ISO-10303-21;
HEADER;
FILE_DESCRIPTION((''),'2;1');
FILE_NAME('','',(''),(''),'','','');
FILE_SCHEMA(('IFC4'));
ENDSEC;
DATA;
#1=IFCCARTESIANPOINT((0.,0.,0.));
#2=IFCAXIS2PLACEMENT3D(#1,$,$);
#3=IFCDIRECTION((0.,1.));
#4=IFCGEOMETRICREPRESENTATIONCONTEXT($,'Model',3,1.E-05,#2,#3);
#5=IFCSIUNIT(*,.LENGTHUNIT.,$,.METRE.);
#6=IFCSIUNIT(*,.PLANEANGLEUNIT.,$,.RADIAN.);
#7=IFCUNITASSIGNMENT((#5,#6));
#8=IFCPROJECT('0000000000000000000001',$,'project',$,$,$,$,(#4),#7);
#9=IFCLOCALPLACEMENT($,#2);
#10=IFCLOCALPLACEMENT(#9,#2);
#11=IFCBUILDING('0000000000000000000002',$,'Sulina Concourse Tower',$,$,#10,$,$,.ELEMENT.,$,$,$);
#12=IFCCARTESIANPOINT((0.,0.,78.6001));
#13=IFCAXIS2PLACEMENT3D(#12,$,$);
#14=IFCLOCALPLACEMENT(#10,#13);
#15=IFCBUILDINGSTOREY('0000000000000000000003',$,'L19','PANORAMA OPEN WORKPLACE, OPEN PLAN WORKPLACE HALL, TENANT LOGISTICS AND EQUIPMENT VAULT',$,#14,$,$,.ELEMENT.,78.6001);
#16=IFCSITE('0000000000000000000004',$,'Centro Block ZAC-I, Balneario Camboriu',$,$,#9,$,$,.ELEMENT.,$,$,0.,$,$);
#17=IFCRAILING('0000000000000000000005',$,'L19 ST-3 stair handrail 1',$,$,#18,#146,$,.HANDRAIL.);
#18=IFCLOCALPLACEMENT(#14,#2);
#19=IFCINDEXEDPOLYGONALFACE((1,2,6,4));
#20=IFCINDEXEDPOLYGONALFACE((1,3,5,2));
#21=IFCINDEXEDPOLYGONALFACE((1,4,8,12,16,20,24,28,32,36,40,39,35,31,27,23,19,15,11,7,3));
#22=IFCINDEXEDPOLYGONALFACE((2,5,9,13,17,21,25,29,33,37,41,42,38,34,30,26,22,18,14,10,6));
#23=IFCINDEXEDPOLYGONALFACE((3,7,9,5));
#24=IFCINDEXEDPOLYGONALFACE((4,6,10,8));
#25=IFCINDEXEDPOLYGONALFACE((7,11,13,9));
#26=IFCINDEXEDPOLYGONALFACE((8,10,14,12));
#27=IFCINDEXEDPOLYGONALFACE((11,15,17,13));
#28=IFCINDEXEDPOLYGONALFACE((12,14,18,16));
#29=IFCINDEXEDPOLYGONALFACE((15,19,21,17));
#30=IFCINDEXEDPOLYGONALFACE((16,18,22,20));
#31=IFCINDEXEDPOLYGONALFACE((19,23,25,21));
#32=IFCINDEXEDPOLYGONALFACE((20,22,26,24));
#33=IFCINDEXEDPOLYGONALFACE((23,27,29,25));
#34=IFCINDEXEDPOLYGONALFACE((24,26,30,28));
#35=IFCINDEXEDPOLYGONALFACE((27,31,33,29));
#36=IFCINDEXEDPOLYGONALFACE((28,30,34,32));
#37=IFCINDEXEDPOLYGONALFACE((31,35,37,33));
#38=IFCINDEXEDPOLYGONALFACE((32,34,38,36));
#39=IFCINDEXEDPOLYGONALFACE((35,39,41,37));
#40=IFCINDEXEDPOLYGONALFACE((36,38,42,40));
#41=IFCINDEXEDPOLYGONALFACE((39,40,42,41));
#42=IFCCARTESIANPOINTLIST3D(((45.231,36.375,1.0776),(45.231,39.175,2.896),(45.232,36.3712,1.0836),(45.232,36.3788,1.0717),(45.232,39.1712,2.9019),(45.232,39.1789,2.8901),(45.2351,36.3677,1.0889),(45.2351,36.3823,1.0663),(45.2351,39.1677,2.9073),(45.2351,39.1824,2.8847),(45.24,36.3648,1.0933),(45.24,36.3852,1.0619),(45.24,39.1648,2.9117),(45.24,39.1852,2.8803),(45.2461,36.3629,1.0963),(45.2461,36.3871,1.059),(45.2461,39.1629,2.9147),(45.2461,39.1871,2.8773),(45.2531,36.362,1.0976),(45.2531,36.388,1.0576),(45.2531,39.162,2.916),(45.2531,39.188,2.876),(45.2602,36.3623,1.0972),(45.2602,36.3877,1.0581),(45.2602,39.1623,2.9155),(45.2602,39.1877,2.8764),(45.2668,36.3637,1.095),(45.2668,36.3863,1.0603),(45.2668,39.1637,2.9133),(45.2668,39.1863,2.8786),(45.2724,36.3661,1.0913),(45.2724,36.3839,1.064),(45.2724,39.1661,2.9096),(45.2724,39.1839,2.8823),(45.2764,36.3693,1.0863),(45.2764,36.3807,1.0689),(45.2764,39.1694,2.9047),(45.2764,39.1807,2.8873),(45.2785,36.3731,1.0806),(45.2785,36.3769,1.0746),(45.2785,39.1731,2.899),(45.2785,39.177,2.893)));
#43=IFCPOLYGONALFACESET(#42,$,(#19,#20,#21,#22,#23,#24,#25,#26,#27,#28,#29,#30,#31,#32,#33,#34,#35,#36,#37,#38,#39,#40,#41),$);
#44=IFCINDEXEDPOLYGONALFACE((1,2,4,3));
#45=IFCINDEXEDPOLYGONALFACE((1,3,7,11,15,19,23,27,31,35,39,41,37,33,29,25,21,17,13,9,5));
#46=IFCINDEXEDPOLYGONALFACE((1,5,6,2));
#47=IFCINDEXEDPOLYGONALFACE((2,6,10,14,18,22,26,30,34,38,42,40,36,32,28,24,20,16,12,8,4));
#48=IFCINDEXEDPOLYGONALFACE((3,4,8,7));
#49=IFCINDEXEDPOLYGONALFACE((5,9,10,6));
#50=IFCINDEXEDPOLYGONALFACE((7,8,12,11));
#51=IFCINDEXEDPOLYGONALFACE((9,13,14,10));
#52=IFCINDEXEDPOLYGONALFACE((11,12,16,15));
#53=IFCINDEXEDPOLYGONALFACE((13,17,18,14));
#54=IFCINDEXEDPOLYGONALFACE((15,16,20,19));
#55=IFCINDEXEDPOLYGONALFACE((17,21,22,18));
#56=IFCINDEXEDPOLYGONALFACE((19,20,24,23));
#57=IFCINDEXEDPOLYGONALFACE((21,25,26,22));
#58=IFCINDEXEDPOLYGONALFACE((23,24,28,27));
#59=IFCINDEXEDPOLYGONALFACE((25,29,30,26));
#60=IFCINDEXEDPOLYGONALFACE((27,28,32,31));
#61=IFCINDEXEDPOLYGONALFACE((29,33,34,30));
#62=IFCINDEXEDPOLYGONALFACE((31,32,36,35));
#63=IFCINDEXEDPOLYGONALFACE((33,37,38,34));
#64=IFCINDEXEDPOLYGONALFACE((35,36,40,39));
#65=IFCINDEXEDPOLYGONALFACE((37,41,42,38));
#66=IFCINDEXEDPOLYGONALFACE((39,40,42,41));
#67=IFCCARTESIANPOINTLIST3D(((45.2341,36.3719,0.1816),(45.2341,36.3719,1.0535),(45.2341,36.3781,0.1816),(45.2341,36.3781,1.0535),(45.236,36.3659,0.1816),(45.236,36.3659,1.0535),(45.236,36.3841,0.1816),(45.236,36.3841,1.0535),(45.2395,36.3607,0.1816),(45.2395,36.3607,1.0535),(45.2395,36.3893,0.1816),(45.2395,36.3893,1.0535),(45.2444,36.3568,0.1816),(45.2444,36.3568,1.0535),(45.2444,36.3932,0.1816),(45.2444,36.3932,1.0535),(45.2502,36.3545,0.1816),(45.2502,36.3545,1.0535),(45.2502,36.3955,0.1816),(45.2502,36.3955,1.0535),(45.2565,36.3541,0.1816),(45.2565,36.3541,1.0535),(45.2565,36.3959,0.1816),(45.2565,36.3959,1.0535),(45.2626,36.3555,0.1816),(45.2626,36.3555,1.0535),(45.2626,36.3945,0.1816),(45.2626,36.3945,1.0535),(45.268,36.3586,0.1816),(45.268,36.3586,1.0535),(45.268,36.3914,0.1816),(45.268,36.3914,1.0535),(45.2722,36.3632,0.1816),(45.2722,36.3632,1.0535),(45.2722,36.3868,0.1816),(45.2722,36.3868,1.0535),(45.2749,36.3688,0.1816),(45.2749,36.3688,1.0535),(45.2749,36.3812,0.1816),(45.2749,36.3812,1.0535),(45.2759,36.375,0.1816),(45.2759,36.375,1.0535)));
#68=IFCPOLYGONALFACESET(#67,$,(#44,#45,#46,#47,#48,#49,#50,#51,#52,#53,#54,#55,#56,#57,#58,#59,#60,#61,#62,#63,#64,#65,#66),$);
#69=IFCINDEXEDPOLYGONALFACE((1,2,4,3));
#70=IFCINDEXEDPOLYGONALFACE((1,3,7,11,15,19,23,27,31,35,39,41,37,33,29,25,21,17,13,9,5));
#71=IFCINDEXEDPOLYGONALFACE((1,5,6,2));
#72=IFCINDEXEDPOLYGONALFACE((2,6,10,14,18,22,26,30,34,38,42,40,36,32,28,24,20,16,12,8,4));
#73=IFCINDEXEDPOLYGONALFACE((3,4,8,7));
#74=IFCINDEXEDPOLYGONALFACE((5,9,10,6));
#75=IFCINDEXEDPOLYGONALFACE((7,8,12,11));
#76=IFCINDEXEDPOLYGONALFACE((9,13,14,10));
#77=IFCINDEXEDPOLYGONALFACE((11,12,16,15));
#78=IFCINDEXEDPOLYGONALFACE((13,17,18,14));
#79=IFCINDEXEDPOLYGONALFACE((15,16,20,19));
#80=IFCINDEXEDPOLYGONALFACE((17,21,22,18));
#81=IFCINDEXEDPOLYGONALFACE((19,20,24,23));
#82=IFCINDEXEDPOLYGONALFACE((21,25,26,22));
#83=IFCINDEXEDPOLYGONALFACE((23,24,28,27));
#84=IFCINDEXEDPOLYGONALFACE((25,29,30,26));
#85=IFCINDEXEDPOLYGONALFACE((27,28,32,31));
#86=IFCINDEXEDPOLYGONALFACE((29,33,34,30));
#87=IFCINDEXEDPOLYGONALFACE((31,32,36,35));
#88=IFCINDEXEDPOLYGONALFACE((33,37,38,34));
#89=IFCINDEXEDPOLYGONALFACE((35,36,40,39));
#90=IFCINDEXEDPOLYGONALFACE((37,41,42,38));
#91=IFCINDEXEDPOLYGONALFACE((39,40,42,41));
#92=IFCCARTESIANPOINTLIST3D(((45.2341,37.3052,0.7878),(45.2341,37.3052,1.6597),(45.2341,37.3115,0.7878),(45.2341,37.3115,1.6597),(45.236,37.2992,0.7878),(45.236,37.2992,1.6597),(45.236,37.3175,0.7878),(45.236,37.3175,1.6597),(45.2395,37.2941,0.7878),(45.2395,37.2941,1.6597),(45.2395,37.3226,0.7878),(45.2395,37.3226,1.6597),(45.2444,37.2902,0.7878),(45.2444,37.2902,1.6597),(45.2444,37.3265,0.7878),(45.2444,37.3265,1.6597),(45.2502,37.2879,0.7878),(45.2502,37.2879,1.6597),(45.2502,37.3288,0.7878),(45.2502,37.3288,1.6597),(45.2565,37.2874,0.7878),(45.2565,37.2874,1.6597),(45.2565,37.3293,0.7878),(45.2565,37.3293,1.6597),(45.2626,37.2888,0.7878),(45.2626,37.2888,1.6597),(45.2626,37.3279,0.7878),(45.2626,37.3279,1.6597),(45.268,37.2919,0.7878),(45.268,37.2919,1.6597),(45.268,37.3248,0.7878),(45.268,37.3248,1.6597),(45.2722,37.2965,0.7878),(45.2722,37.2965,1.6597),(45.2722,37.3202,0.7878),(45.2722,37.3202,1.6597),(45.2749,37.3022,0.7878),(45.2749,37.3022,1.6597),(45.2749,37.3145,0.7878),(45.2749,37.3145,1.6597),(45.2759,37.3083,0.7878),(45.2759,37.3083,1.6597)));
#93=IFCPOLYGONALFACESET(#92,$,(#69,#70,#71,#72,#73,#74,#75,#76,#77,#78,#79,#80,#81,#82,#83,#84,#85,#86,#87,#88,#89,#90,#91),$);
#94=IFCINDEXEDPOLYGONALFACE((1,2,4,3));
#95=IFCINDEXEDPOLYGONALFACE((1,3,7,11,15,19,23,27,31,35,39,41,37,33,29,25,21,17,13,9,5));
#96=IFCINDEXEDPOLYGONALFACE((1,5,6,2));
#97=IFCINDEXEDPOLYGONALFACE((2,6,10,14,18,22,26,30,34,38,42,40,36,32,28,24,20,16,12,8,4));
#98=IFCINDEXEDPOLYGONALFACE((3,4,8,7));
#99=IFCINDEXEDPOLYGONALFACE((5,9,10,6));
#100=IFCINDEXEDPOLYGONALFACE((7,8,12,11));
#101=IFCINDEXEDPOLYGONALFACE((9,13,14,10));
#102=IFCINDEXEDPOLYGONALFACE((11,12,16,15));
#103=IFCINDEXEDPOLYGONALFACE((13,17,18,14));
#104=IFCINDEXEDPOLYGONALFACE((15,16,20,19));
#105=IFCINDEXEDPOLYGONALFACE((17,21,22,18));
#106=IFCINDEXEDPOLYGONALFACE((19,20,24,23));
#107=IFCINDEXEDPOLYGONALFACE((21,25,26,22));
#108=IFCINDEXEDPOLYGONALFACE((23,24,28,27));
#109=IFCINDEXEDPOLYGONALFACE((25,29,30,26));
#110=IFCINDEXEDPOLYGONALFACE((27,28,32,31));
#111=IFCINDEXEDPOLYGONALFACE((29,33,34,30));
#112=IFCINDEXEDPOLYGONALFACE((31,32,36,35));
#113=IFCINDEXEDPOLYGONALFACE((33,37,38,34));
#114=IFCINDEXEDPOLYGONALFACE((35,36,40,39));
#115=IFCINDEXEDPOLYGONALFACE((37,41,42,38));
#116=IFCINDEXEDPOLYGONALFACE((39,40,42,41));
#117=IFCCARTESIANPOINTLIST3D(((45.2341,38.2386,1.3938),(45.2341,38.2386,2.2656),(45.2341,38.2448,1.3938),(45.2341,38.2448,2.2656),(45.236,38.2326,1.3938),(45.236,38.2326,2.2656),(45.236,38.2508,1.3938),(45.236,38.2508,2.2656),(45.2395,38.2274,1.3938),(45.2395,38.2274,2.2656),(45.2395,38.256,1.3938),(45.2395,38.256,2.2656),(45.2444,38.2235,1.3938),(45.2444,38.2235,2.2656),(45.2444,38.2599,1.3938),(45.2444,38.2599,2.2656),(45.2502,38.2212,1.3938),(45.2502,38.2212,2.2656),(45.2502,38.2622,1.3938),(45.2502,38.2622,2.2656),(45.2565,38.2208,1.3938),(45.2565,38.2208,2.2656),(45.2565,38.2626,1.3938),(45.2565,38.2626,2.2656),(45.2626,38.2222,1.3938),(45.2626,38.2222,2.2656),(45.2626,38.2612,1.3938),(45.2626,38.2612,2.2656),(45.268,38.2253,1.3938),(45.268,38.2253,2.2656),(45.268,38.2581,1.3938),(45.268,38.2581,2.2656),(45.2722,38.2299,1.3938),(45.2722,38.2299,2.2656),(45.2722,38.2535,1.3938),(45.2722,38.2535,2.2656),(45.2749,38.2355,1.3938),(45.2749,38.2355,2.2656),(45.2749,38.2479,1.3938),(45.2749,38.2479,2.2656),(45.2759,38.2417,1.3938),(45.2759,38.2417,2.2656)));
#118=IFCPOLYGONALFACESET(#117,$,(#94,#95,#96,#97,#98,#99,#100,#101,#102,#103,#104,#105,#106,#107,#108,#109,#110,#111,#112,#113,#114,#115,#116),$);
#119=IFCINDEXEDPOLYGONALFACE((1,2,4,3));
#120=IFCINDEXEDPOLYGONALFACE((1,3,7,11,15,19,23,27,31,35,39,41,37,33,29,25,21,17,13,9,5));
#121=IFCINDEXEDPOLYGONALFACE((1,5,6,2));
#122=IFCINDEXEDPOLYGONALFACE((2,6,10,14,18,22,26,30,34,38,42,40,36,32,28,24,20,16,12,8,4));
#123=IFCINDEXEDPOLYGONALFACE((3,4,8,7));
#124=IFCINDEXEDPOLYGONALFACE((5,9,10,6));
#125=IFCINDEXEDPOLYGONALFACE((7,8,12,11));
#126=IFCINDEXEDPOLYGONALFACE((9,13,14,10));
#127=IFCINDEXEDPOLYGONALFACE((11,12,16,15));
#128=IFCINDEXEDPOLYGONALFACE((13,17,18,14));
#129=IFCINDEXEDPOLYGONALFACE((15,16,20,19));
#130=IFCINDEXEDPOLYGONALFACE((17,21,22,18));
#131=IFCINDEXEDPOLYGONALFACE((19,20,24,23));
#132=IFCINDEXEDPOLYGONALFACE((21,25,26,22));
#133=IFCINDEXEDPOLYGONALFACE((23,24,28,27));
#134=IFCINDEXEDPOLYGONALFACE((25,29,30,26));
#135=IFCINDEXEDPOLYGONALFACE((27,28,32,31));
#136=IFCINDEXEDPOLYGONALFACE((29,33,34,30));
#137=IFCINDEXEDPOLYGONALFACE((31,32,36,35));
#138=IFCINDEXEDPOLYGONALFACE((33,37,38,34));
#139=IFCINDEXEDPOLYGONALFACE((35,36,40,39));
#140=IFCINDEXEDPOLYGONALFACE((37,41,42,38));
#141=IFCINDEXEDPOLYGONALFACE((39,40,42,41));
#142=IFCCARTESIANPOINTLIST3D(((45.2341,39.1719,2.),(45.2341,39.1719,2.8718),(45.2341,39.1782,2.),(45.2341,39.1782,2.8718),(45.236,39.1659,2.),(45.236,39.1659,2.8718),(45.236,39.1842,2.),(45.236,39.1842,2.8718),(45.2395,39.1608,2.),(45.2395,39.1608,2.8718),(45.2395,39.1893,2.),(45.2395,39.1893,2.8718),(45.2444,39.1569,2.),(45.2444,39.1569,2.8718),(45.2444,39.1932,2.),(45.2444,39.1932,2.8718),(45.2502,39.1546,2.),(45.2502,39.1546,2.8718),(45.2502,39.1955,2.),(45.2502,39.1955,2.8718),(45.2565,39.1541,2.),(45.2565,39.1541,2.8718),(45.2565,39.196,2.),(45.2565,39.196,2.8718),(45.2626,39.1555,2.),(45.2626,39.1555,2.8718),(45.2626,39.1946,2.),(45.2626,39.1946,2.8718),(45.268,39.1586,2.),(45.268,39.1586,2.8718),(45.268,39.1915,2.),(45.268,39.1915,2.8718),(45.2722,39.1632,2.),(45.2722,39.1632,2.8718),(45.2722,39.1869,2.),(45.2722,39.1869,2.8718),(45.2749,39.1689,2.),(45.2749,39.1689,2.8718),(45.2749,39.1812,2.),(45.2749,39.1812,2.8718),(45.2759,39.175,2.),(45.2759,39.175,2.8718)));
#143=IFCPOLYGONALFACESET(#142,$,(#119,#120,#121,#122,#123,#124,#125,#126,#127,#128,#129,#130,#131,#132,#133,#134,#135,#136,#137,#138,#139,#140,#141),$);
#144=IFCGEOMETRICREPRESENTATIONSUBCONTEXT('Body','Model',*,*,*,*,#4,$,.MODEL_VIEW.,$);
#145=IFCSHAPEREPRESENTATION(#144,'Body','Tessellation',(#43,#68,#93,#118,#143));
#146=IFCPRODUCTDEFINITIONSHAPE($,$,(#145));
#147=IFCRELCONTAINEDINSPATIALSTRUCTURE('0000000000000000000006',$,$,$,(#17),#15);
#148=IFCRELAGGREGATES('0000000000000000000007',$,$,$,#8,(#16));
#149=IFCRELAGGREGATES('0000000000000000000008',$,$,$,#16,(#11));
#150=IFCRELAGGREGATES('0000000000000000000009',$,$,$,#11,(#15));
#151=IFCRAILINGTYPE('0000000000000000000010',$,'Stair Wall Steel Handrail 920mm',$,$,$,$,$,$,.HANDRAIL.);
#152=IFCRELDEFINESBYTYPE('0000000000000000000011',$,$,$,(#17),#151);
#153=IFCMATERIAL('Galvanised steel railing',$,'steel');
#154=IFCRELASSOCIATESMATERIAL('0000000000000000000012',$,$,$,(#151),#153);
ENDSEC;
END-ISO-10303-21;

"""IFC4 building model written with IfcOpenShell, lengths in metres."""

from ifc_helpers import new_model, si_unit, direction, frame, origin, origin_2d, place, context, subcontext, project, spatial, circle, extrude, material, type_object, element, save


model = new_model("IFC4")

# Units and contexts
model_context = context("Model", 3, precision=1e-05, world=origin(), true_north=direction((0.0, 1.0)))
body_context = subcontext(model_context, "Body", "Model", "MODEL_VIEW")
ifc_project = project(units=[si_unit("LENGTHUNIT", "METRE"), si_unit("PLANEANGLEUNIT", "RADIAN")], contexts=[model_context])

# Site, building, storey
site_placement = place(None, origin())
site = spatial("IfcSite", under=ifc_project, at=site_placement, Name="Centro Block ZAC-I, Balneario Camboriu", CompositionType="ELEMENT", RefElevation=0.0)
building_placement = place(site_placement, origin())
building = spatial("IfcBuilding", under=site, at=building_placement, Name="Sulina Concourse Tower", CompositionType="ELEMENT")
storey_placement = place(building_placement, frame((0.0, 0.0, 78.6001)))
storey = spatial("IfcBuildingStorey", under=building, at=storey_placement, Name="L19", Description="PANORAMA OPEN WORKPLACE, OPEN PLAN WORKPLACE HALL, TENANT LOGISTICS AND EQUIPMENT VAULT", CompositionType="ELEMENT", Elevation=78.6001)

# Railing
ifc_material_1 = material(Name="Galvanised steel railing", Category="steel")
railing_type_1 = type_object("IfcRailingType", Name="Stair Wall Steel Handrail 920mm", PredefinedType="HANDRAIL", material=ifc_material_1)
railing_1_placement = place(storey_placement, frame((45.2549, 36.375, 0.1816)))
element("IfcRailing", 1, at=railing_1_placement, inside=storey, type_object=railing_type_1, Name="L19 ST-3 stair handrail 1", PredefinedType="HANDRAIL", context=body_context, shape_type="SweptSolid", body=[
    extrude(circle(Radius=0.0239, at=origin_2d()), frame((0.0, 0.0, 0.896), z_axis=(0.0, 0.838672, 0.544636), x_axis=(-1.0, 0.0, 0.0)), (0.0, 0.0, 1.0), 3.3386),
    extrude(circle(Radius=0.021, at=origin_2d()), origin(), (0.0, 0.0, 1.0), 0.8718),
    extrude(circle(Radius=0.021, at=origin_2d()), frame((0.0, 0.9333, 0.6062)), (0.0, 0.0, 1.0), 0.8718),
    extrude(circle(Radius=0.021, at=origin_2d()), frame((0.0, 1.8667, 1.2122)), (0.0, 0.0, 1.0), 0.8718),
    extrude(circle(Radius=0.021, at=origin_2d()), frame((0.0, 2.8, 1.8184)), (0.0, 0.0, 1.0), 0.8718),
])

save(model, "model.ifc")
